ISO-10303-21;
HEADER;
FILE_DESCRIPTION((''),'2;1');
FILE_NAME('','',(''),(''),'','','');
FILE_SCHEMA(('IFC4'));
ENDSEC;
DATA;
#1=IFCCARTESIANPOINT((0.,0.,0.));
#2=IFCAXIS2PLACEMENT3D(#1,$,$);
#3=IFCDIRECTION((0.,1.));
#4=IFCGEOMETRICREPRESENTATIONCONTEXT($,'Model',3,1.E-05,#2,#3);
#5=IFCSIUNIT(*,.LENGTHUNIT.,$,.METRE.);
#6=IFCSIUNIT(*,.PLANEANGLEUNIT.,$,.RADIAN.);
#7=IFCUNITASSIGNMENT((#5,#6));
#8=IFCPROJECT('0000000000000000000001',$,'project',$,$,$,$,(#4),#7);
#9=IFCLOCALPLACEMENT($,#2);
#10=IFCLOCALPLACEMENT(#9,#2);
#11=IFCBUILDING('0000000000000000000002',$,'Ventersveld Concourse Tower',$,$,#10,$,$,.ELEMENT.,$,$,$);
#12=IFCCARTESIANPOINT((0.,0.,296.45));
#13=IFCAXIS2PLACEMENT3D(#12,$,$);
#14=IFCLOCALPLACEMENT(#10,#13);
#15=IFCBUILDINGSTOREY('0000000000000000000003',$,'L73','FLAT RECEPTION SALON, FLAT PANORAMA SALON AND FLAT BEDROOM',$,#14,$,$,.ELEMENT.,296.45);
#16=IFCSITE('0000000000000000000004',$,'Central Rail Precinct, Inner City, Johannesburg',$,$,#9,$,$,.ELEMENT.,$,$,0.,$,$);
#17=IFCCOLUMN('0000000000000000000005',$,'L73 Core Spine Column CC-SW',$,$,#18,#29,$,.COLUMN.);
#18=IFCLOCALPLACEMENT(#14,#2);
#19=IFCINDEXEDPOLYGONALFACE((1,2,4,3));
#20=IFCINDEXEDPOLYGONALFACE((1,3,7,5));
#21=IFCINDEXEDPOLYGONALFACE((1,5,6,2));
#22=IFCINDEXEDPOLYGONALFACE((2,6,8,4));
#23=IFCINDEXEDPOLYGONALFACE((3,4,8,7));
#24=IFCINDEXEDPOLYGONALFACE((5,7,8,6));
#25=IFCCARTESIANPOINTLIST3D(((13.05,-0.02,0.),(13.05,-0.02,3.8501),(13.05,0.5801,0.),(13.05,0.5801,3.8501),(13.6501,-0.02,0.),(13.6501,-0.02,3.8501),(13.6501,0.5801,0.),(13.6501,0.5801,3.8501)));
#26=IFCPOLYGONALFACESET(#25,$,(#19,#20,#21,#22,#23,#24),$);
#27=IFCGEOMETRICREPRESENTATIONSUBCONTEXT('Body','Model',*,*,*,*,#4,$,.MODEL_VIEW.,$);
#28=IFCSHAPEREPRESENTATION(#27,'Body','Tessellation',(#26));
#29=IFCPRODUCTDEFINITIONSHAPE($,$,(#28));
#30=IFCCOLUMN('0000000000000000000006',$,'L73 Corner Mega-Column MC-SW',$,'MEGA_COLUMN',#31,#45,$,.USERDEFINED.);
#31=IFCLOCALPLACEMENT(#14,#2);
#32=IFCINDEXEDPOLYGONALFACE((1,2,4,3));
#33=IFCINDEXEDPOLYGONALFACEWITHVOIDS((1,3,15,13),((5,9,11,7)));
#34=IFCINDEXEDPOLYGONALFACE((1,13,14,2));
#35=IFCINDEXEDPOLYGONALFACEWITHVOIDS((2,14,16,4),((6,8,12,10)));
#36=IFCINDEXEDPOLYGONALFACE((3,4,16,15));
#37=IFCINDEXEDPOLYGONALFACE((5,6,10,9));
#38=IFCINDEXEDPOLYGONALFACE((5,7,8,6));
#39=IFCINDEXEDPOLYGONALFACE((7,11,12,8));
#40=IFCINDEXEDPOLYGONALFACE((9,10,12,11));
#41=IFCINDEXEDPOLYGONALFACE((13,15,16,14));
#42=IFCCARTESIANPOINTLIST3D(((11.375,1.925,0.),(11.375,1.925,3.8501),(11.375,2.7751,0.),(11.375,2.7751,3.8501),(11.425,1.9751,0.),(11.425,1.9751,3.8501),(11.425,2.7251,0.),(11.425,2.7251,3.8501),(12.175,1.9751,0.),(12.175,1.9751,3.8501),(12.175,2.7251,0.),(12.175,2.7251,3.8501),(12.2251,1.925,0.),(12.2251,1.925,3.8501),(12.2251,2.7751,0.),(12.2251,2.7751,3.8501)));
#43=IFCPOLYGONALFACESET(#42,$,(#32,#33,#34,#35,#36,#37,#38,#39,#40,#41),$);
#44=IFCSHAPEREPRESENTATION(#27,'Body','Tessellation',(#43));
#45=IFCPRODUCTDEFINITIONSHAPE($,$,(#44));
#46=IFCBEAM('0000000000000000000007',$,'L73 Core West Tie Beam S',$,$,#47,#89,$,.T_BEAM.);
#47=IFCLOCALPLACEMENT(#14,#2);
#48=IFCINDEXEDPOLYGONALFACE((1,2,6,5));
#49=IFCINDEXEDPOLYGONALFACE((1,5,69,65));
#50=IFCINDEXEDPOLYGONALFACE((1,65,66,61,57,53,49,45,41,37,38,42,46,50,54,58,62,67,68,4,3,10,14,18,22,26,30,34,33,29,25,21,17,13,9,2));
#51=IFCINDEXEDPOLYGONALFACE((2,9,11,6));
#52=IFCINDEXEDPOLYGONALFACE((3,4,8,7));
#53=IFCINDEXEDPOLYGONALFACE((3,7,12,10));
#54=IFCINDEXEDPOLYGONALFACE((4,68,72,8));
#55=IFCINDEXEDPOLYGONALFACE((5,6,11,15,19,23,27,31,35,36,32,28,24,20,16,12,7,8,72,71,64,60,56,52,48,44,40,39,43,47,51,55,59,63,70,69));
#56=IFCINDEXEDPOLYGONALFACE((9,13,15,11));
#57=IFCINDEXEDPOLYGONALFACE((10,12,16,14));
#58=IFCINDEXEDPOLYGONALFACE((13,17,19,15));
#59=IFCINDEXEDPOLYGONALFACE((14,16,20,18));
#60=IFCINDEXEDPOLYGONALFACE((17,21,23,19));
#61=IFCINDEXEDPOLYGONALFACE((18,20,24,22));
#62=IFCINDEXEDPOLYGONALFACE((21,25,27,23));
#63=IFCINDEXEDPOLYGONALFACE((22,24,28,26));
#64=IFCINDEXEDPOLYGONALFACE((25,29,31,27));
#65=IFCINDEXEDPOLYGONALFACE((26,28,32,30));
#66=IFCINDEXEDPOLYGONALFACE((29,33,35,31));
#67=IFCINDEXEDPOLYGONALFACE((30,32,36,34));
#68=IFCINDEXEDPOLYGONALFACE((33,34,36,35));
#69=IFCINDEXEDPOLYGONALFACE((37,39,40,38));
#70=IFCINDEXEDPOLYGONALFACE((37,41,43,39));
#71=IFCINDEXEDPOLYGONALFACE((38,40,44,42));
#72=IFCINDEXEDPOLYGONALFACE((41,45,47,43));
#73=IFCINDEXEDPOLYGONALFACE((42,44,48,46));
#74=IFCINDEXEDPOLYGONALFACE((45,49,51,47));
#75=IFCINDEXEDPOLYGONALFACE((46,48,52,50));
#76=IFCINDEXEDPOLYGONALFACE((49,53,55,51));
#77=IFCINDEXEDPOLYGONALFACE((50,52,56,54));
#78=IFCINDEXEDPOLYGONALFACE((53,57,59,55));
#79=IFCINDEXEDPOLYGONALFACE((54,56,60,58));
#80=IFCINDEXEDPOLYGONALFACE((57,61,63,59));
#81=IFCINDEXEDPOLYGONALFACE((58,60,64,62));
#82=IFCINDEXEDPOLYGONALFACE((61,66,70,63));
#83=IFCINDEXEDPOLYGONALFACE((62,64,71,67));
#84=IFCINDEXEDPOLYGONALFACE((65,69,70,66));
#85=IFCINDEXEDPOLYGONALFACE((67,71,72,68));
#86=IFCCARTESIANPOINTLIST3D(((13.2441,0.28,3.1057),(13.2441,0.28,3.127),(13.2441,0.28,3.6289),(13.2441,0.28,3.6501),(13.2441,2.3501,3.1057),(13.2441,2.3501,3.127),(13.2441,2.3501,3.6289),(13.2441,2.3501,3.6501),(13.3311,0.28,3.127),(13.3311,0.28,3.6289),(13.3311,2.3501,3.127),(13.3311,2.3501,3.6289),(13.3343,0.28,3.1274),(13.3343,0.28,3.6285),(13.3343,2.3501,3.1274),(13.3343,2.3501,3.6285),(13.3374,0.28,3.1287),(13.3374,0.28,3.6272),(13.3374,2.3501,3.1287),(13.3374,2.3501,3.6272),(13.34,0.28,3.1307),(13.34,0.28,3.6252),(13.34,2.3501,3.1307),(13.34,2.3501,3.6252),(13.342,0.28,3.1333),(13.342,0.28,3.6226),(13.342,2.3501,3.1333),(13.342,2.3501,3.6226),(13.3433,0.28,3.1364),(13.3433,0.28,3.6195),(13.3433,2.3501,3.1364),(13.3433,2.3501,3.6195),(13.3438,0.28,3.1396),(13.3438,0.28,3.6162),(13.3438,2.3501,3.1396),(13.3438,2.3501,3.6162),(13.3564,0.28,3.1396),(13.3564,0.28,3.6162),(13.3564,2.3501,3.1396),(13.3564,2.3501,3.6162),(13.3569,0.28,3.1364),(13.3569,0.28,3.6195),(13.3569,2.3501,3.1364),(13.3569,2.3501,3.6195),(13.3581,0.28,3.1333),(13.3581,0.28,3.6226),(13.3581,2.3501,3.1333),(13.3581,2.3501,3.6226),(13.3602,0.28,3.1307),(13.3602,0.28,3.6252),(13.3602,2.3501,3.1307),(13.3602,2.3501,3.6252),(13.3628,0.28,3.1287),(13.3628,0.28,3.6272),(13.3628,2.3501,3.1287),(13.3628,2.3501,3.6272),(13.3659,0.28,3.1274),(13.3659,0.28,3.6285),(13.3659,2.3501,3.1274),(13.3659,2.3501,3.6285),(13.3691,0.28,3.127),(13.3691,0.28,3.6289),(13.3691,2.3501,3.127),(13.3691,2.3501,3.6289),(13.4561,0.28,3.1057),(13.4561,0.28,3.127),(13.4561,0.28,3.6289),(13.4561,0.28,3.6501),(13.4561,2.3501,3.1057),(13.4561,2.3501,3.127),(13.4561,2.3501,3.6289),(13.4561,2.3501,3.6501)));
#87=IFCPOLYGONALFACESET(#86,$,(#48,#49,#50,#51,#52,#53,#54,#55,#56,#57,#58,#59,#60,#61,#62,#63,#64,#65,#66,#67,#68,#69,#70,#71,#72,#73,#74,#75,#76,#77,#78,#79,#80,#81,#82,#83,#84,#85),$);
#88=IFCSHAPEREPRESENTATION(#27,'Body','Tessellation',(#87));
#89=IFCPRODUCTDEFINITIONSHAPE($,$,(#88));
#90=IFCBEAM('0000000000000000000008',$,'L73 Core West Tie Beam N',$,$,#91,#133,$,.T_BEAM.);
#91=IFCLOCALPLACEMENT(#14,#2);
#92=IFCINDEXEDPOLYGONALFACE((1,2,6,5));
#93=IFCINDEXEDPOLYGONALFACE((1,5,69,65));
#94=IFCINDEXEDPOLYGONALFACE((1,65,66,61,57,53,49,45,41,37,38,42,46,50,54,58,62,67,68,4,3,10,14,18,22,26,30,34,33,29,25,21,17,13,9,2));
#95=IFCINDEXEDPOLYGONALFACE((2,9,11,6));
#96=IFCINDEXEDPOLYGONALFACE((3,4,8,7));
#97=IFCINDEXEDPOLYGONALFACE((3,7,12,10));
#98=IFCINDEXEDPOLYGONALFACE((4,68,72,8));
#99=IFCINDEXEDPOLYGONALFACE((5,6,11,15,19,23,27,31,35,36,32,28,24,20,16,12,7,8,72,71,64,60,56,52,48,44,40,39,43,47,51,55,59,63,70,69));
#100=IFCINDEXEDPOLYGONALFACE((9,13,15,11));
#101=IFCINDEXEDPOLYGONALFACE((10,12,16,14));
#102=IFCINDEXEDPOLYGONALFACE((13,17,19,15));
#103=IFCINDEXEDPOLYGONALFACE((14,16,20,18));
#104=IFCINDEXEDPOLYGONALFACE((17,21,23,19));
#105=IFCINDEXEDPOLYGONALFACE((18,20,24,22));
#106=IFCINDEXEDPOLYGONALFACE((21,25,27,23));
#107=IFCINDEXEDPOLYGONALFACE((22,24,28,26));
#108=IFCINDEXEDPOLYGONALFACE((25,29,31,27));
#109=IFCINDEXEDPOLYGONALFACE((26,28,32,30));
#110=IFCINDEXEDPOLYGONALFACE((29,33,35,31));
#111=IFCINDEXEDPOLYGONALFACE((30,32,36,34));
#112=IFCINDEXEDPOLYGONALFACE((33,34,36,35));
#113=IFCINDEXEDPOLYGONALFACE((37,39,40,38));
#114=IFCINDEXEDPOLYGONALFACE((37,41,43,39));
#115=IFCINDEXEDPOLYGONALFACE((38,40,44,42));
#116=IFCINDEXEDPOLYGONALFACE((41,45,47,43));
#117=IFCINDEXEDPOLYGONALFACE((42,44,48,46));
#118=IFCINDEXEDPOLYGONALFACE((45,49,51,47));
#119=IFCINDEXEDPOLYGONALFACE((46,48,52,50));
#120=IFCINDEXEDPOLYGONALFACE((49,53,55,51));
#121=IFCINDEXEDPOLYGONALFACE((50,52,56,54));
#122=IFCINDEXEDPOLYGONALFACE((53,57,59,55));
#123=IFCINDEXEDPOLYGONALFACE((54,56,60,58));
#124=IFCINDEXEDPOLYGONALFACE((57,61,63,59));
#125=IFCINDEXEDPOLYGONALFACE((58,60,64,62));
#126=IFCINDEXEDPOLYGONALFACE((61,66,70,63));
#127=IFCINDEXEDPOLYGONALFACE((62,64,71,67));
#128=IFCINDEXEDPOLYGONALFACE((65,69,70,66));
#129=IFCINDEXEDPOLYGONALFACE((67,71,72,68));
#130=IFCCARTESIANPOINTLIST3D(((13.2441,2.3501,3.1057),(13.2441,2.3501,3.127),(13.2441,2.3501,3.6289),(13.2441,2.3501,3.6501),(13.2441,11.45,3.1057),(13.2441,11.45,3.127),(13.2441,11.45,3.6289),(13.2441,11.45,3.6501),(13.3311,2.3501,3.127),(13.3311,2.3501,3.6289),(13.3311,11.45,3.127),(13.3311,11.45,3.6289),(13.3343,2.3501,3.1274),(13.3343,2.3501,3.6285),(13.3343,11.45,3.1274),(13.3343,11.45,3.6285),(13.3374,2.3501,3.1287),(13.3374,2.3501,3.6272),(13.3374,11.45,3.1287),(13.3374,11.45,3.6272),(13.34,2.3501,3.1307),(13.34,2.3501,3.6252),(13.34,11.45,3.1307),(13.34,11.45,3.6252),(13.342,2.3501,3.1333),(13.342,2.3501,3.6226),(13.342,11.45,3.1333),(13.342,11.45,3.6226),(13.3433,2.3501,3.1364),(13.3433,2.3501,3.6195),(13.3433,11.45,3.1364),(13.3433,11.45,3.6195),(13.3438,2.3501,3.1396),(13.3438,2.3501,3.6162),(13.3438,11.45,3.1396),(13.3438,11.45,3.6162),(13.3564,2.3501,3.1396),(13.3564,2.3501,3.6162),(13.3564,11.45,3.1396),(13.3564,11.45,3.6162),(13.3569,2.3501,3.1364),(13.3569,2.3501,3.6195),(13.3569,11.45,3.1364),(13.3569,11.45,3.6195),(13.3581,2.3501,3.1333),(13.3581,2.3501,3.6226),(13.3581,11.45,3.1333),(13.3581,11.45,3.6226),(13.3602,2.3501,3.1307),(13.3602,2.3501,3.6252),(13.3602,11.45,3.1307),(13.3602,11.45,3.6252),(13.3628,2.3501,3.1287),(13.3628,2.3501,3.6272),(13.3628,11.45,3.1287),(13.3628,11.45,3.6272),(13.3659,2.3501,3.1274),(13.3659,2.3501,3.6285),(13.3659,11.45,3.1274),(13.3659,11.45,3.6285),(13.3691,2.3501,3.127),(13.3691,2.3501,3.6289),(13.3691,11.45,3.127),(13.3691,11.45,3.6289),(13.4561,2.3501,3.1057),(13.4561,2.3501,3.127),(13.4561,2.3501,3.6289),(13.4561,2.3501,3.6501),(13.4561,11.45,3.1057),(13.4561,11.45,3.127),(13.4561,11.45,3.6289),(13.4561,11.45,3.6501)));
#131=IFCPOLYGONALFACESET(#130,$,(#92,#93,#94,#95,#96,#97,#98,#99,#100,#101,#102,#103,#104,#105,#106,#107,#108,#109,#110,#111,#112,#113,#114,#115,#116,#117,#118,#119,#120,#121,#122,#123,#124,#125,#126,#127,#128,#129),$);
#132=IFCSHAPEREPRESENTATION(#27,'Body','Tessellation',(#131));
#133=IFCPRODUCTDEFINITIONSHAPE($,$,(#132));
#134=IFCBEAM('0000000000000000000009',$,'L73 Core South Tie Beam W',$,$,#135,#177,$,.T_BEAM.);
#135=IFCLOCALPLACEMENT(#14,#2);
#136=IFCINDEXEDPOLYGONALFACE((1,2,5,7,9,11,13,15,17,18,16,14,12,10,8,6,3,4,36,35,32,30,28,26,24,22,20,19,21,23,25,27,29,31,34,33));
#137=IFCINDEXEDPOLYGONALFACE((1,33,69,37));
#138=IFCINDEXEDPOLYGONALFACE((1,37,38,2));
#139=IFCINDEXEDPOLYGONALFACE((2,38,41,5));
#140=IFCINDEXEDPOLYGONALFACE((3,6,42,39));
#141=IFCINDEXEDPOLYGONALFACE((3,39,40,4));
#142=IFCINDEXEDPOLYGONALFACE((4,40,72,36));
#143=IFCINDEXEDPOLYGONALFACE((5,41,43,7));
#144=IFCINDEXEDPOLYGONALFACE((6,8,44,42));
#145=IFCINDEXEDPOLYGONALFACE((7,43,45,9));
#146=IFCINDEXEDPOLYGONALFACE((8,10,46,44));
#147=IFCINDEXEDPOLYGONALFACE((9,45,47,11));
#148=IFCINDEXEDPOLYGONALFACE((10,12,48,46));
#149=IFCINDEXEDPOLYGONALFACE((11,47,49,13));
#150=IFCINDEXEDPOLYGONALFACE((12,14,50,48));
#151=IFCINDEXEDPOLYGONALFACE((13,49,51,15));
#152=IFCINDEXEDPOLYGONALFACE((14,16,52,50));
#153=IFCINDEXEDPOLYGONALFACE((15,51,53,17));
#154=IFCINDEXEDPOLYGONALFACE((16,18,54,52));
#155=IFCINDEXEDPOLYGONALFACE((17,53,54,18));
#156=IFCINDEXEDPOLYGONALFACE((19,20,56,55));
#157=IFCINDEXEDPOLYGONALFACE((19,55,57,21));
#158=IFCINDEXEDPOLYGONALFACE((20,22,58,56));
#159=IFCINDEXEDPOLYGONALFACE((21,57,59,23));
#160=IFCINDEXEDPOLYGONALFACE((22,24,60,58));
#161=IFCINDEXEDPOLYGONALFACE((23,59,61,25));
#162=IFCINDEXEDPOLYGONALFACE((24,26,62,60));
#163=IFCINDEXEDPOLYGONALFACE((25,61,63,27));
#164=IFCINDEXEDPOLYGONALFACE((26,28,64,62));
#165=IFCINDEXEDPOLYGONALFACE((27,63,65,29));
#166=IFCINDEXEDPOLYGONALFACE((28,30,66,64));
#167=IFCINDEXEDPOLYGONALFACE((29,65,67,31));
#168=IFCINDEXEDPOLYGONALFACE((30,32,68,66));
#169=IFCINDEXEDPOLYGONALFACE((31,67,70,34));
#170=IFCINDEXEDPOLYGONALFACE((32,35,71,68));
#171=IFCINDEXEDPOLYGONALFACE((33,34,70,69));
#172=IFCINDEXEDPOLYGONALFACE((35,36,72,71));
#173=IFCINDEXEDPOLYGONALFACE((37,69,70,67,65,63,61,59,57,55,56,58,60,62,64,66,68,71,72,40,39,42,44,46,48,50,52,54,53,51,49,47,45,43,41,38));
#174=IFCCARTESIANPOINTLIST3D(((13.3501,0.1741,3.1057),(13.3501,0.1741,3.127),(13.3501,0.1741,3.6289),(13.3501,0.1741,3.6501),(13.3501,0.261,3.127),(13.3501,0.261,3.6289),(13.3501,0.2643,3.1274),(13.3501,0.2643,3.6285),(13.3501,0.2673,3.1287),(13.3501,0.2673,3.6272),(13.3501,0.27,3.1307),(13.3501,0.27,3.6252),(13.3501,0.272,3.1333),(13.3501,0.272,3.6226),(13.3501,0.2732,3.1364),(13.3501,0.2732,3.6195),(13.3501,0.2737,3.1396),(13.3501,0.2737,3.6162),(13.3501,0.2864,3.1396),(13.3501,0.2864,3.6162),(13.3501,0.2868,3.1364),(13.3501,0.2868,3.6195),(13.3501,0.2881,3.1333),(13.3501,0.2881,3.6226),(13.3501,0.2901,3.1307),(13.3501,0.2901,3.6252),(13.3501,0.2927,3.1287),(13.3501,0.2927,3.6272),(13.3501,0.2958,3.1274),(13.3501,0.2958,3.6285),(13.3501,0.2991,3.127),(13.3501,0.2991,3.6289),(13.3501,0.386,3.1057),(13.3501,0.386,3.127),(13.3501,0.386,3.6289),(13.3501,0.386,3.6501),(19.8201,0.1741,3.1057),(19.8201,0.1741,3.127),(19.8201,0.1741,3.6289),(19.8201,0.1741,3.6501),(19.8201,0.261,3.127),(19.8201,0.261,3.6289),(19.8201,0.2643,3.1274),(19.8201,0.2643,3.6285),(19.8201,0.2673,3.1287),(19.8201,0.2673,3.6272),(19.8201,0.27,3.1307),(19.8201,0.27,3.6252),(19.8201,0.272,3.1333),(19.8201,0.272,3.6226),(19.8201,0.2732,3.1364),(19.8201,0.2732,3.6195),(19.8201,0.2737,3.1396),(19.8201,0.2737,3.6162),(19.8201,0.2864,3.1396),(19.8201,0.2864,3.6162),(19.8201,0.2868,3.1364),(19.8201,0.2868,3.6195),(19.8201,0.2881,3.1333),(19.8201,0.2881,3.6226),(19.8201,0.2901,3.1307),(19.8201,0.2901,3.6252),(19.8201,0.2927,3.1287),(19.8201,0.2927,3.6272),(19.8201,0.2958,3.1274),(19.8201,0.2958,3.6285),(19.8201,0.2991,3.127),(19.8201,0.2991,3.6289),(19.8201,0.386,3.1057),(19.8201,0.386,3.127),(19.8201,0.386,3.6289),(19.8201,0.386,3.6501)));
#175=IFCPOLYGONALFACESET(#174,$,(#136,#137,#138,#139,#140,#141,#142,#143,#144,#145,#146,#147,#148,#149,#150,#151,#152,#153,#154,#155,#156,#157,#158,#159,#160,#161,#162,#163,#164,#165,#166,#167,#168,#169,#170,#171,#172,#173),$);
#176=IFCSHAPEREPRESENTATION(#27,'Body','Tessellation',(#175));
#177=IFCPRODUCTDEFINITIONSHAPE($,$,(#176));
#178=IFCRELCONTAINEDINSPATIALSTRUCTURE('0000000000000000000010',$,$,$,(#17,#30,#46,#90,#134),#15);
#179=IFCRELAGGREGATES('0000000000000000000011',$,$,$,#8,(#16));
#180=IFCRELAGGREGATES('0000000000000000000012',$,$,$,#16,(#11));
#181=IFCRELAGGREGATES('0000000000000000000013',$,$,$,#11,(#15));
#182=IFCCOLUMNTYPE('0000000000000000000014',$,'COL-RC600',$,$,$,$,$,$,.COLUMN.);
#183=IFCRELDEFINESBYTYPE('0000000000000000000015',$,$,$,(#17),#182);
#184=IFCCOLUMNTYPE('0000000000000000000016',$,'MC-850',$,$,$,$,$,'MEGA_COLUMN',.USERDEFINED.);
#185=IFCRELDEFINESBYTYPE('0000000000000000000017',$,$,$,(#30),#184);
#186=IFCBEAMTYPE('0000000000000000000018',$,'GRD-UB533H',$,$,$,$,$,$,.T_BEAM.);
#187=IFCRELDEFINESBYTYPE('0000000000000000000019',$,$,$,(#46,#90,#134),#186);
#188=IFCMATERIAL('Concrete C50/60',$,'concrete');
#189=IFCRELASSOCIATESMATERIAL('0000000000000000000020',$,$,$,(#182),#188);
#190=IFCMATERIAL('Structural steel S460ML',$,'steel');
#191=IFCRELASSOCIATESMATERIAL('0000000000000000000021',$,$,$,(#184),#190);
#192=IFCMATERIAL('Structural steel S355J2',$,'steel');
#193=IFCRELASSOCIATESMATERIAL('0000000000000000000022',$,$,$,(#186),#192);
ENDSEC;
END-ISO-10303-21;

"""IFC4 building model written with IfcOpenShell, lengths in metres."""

from ifc_helpers import new_model, si_unit, direction, frame, origin, origin_2d, place, context, subcontext, project, spatial, rectangle, hollow_rectangle, i_section, extrude, material, material_profile, profile_set, type_object, element, save


model = new_model("IFC4")

# Units and contexts
model_context = context("Model", 3, precision=1e-05, world=origin(), true_north=direction((0.0, 1.0)))
body_context = subcontext(model_context, "Body", "Model", "MODEL_VIEW")
ifc_project = project(units=[si_unit("LENGTHUNIT", "METRE"), si_unit("PLANEANGLEUNIT", "RADIAN")], contexts=[model_context])

# Site, building, storey
site_placement = place(None, origin())
site = spatial("IfcSite", under=ifc_project, at=site_placement, Name="Central Rail Precinct, Inner City, Johannesburg", CompositionType="ELEMENT", RefElevation=0.0)
building_placement = place(site_placement, origin())
building = spatial("IfcBuilding", under=site, at=building_placement, Name="Ventersveld Concourse Tower", CompositionType="ELEMENT")
storey_placement = place(building_placement, frame((0.0, 0.0, 296.45)))
storey = spatial("IfcBuildingStorey", under=building, at=storey_placement, Name="L73", Description="FLAT RECEPTION SALON, FLAT PANORAMA SALON AND FLAT BEDROOM", CompositionType="ELEMENT", Elevation=296.45)

# Columns
ifc_material_1 = material(Name="Concrete C50/60", Category="concrete")
ifc_material_profile_1 = material_profile(ifc_material_1, rectangle(XDim=0.6001, YDim=0.6001, at=origin_2d()), Name="RC 600x600")
ifc_profile_set_1 = profile_set([ifc_material_profile_1], Name="Concrete C50/60")
column_type_1 = type_object("IfcColumnType", Name="COL-RC600", PredefinedType="COLUMN", material=ifc_profile_set_1)
column_1_placement = place(storey_placement, frame((13.3501, 0.28, 0.0), z_axis=(0.0, 0.0, 1.0), x_axis=(1.0, 0.0, 0.0)))
element("IfcColumn", 1, at=column_1_placement, inside=storey, type_object=column_type_1, Name="L73 Core Spine Column CC-SW", PredefinedType="COLUMN", context=body_context, shape_type="SweptSolid", body=[
    extrude(rectangle(XDim=0.6001, YDim=0.6001, at=origin_2d()), origin(), (0.0, 0.0, 1.0), 3.8501),
])
ifc_material_2 = material(Name="Structural steel S460ML", Category="steel")
ifc_material_profile_2 = material_profile(ifc_material_2, hollow_rectangle(XDim=0.8501, YDim=0.8501, WallThickness=0.05, at=origin_2d()), Name="BOX 850x850x50")
ifc_profile_set_2 = profile_set([ifc_material_profile_2], Name="Structural steel S460ML")
column_type_2 = type_object("IfcColumnType", Name="MC-850", ElementType="MEGA_COLUMN", PredefinedType="USERDEFINED", material=ifc_profile_set_2)
column_2_placement = place(storey_placement, frame((11.8, 2.3501, 0.0), z_axis=(0.0, 0.0, 1.0), x_axis=(1.0, 0.0, 0.0)))
element("IfcColumn", 2, at=column_2_placement, inside=storey, type_object=column_type_2, Name="L73 Corner Mega-Column MC-SW", ObjectType="MEGA_COLUMN", PredefinedType="USERDEFINED", context=body_context, shape_type="SweptSolid", body=[
    extrude(hollow_rectangle(XDim=0.8501, YDim=0.8501, WallThickness=0.05, at=origin_2d()), origin(), (0.0, 0.0, 1.0), 3.8501),
])

# Beams
ifc_material_3 = material(Name="Structural steel S355J2", Category="steel")
ifc_material_profile_3 = material_profile(ifc_material_3, i_section(OverallWidth=0.2119, OverallDepth=0.5444, WebThickness=0.0127, FlangeThickness=0.0212, FilletRadius=0.0127, at=origin_2d()), Name="UB 533x210x122")
ifc_profile_set_3 = profile_set([ifc_material_profile_3], Name="Structural steel S355J2")
beam_type_1 = type_object("IfcBeamType", Name="GRD-UB533H", PredefinedType="T_BEAM", material=ifc_profile_set_3)
beam_1_placement = place(storey_placement, frame((13.3501, 0.28, 3.3779), z_axis=(0.0, 1.0, 0.0), x_axis=(-1.0, 0.0, 0.0)))
element("IfcBeam", 3, at=beam_1_placement, inside=storey, type_object=beam_type_1, Name="L73 Core West Tie Beam S", PredefinedType="T_BEAM", context=body_context, shape_type="SweptSolid", body=[
    extrude(i_section(OverallWidth=0.2119, OverallDepth=0.5444, WebThickness=0.0127, FlangeThickness=0.0212, FilletRadius=0.0127, at=origin_2d()), origin(), (0.0, 0.0, 1.0), 2.0701),
])
beam_2_placement = place(storey_placement, frame((13.3501, 2.3501, 3.3779), z_axis=(0.0, 1.0, 0.0), x_axis=(-1.0, 0.0, 0.0)))
element("IfcBeam", 4, at=beam_2_placement, inside=storey, type_object=beam_type_1, Name="L73 Core West Tie Beam N", PredefinedType="T_BEAM", context=body_context, shape_type="SweptSolid", body=[
    extrude(i_section(OverallWidth=0.2119, OverallDepth=0.5444, WebThickness=0.0127, FlangeThickness=0.0212, FilletRadius=0.0127, at=origin_2d()), origin(), (0.0, 0.0, 1.0), 9.0999),
])
beam_3_placement = place(storey_placement, frame((13.3501, 0.28, 3.3779), z_axis=(1.0, 0.0, 0.0), x_axis=(0.0, 1.0, 0.0)))
element("IfcBeam", 5, at=beam_3_placement, inside=storey, type_object=beam_type_1, Name="L73 Core South Tie Beam W", PredefinedType="T_BEAM", context=body_context, shape_type="SweptSolid", body=[
    extrude(i_section(OverallWidth=0.2119, OverallDepth=0.5444, WebThickness=0.0127, FlangeThickness=0.0212, FilletRadius=0.0127, at=origin_2d()), origin(), (0.0, 0.0, 1.0), 6.47),
])

save(model, "model.ifc")
